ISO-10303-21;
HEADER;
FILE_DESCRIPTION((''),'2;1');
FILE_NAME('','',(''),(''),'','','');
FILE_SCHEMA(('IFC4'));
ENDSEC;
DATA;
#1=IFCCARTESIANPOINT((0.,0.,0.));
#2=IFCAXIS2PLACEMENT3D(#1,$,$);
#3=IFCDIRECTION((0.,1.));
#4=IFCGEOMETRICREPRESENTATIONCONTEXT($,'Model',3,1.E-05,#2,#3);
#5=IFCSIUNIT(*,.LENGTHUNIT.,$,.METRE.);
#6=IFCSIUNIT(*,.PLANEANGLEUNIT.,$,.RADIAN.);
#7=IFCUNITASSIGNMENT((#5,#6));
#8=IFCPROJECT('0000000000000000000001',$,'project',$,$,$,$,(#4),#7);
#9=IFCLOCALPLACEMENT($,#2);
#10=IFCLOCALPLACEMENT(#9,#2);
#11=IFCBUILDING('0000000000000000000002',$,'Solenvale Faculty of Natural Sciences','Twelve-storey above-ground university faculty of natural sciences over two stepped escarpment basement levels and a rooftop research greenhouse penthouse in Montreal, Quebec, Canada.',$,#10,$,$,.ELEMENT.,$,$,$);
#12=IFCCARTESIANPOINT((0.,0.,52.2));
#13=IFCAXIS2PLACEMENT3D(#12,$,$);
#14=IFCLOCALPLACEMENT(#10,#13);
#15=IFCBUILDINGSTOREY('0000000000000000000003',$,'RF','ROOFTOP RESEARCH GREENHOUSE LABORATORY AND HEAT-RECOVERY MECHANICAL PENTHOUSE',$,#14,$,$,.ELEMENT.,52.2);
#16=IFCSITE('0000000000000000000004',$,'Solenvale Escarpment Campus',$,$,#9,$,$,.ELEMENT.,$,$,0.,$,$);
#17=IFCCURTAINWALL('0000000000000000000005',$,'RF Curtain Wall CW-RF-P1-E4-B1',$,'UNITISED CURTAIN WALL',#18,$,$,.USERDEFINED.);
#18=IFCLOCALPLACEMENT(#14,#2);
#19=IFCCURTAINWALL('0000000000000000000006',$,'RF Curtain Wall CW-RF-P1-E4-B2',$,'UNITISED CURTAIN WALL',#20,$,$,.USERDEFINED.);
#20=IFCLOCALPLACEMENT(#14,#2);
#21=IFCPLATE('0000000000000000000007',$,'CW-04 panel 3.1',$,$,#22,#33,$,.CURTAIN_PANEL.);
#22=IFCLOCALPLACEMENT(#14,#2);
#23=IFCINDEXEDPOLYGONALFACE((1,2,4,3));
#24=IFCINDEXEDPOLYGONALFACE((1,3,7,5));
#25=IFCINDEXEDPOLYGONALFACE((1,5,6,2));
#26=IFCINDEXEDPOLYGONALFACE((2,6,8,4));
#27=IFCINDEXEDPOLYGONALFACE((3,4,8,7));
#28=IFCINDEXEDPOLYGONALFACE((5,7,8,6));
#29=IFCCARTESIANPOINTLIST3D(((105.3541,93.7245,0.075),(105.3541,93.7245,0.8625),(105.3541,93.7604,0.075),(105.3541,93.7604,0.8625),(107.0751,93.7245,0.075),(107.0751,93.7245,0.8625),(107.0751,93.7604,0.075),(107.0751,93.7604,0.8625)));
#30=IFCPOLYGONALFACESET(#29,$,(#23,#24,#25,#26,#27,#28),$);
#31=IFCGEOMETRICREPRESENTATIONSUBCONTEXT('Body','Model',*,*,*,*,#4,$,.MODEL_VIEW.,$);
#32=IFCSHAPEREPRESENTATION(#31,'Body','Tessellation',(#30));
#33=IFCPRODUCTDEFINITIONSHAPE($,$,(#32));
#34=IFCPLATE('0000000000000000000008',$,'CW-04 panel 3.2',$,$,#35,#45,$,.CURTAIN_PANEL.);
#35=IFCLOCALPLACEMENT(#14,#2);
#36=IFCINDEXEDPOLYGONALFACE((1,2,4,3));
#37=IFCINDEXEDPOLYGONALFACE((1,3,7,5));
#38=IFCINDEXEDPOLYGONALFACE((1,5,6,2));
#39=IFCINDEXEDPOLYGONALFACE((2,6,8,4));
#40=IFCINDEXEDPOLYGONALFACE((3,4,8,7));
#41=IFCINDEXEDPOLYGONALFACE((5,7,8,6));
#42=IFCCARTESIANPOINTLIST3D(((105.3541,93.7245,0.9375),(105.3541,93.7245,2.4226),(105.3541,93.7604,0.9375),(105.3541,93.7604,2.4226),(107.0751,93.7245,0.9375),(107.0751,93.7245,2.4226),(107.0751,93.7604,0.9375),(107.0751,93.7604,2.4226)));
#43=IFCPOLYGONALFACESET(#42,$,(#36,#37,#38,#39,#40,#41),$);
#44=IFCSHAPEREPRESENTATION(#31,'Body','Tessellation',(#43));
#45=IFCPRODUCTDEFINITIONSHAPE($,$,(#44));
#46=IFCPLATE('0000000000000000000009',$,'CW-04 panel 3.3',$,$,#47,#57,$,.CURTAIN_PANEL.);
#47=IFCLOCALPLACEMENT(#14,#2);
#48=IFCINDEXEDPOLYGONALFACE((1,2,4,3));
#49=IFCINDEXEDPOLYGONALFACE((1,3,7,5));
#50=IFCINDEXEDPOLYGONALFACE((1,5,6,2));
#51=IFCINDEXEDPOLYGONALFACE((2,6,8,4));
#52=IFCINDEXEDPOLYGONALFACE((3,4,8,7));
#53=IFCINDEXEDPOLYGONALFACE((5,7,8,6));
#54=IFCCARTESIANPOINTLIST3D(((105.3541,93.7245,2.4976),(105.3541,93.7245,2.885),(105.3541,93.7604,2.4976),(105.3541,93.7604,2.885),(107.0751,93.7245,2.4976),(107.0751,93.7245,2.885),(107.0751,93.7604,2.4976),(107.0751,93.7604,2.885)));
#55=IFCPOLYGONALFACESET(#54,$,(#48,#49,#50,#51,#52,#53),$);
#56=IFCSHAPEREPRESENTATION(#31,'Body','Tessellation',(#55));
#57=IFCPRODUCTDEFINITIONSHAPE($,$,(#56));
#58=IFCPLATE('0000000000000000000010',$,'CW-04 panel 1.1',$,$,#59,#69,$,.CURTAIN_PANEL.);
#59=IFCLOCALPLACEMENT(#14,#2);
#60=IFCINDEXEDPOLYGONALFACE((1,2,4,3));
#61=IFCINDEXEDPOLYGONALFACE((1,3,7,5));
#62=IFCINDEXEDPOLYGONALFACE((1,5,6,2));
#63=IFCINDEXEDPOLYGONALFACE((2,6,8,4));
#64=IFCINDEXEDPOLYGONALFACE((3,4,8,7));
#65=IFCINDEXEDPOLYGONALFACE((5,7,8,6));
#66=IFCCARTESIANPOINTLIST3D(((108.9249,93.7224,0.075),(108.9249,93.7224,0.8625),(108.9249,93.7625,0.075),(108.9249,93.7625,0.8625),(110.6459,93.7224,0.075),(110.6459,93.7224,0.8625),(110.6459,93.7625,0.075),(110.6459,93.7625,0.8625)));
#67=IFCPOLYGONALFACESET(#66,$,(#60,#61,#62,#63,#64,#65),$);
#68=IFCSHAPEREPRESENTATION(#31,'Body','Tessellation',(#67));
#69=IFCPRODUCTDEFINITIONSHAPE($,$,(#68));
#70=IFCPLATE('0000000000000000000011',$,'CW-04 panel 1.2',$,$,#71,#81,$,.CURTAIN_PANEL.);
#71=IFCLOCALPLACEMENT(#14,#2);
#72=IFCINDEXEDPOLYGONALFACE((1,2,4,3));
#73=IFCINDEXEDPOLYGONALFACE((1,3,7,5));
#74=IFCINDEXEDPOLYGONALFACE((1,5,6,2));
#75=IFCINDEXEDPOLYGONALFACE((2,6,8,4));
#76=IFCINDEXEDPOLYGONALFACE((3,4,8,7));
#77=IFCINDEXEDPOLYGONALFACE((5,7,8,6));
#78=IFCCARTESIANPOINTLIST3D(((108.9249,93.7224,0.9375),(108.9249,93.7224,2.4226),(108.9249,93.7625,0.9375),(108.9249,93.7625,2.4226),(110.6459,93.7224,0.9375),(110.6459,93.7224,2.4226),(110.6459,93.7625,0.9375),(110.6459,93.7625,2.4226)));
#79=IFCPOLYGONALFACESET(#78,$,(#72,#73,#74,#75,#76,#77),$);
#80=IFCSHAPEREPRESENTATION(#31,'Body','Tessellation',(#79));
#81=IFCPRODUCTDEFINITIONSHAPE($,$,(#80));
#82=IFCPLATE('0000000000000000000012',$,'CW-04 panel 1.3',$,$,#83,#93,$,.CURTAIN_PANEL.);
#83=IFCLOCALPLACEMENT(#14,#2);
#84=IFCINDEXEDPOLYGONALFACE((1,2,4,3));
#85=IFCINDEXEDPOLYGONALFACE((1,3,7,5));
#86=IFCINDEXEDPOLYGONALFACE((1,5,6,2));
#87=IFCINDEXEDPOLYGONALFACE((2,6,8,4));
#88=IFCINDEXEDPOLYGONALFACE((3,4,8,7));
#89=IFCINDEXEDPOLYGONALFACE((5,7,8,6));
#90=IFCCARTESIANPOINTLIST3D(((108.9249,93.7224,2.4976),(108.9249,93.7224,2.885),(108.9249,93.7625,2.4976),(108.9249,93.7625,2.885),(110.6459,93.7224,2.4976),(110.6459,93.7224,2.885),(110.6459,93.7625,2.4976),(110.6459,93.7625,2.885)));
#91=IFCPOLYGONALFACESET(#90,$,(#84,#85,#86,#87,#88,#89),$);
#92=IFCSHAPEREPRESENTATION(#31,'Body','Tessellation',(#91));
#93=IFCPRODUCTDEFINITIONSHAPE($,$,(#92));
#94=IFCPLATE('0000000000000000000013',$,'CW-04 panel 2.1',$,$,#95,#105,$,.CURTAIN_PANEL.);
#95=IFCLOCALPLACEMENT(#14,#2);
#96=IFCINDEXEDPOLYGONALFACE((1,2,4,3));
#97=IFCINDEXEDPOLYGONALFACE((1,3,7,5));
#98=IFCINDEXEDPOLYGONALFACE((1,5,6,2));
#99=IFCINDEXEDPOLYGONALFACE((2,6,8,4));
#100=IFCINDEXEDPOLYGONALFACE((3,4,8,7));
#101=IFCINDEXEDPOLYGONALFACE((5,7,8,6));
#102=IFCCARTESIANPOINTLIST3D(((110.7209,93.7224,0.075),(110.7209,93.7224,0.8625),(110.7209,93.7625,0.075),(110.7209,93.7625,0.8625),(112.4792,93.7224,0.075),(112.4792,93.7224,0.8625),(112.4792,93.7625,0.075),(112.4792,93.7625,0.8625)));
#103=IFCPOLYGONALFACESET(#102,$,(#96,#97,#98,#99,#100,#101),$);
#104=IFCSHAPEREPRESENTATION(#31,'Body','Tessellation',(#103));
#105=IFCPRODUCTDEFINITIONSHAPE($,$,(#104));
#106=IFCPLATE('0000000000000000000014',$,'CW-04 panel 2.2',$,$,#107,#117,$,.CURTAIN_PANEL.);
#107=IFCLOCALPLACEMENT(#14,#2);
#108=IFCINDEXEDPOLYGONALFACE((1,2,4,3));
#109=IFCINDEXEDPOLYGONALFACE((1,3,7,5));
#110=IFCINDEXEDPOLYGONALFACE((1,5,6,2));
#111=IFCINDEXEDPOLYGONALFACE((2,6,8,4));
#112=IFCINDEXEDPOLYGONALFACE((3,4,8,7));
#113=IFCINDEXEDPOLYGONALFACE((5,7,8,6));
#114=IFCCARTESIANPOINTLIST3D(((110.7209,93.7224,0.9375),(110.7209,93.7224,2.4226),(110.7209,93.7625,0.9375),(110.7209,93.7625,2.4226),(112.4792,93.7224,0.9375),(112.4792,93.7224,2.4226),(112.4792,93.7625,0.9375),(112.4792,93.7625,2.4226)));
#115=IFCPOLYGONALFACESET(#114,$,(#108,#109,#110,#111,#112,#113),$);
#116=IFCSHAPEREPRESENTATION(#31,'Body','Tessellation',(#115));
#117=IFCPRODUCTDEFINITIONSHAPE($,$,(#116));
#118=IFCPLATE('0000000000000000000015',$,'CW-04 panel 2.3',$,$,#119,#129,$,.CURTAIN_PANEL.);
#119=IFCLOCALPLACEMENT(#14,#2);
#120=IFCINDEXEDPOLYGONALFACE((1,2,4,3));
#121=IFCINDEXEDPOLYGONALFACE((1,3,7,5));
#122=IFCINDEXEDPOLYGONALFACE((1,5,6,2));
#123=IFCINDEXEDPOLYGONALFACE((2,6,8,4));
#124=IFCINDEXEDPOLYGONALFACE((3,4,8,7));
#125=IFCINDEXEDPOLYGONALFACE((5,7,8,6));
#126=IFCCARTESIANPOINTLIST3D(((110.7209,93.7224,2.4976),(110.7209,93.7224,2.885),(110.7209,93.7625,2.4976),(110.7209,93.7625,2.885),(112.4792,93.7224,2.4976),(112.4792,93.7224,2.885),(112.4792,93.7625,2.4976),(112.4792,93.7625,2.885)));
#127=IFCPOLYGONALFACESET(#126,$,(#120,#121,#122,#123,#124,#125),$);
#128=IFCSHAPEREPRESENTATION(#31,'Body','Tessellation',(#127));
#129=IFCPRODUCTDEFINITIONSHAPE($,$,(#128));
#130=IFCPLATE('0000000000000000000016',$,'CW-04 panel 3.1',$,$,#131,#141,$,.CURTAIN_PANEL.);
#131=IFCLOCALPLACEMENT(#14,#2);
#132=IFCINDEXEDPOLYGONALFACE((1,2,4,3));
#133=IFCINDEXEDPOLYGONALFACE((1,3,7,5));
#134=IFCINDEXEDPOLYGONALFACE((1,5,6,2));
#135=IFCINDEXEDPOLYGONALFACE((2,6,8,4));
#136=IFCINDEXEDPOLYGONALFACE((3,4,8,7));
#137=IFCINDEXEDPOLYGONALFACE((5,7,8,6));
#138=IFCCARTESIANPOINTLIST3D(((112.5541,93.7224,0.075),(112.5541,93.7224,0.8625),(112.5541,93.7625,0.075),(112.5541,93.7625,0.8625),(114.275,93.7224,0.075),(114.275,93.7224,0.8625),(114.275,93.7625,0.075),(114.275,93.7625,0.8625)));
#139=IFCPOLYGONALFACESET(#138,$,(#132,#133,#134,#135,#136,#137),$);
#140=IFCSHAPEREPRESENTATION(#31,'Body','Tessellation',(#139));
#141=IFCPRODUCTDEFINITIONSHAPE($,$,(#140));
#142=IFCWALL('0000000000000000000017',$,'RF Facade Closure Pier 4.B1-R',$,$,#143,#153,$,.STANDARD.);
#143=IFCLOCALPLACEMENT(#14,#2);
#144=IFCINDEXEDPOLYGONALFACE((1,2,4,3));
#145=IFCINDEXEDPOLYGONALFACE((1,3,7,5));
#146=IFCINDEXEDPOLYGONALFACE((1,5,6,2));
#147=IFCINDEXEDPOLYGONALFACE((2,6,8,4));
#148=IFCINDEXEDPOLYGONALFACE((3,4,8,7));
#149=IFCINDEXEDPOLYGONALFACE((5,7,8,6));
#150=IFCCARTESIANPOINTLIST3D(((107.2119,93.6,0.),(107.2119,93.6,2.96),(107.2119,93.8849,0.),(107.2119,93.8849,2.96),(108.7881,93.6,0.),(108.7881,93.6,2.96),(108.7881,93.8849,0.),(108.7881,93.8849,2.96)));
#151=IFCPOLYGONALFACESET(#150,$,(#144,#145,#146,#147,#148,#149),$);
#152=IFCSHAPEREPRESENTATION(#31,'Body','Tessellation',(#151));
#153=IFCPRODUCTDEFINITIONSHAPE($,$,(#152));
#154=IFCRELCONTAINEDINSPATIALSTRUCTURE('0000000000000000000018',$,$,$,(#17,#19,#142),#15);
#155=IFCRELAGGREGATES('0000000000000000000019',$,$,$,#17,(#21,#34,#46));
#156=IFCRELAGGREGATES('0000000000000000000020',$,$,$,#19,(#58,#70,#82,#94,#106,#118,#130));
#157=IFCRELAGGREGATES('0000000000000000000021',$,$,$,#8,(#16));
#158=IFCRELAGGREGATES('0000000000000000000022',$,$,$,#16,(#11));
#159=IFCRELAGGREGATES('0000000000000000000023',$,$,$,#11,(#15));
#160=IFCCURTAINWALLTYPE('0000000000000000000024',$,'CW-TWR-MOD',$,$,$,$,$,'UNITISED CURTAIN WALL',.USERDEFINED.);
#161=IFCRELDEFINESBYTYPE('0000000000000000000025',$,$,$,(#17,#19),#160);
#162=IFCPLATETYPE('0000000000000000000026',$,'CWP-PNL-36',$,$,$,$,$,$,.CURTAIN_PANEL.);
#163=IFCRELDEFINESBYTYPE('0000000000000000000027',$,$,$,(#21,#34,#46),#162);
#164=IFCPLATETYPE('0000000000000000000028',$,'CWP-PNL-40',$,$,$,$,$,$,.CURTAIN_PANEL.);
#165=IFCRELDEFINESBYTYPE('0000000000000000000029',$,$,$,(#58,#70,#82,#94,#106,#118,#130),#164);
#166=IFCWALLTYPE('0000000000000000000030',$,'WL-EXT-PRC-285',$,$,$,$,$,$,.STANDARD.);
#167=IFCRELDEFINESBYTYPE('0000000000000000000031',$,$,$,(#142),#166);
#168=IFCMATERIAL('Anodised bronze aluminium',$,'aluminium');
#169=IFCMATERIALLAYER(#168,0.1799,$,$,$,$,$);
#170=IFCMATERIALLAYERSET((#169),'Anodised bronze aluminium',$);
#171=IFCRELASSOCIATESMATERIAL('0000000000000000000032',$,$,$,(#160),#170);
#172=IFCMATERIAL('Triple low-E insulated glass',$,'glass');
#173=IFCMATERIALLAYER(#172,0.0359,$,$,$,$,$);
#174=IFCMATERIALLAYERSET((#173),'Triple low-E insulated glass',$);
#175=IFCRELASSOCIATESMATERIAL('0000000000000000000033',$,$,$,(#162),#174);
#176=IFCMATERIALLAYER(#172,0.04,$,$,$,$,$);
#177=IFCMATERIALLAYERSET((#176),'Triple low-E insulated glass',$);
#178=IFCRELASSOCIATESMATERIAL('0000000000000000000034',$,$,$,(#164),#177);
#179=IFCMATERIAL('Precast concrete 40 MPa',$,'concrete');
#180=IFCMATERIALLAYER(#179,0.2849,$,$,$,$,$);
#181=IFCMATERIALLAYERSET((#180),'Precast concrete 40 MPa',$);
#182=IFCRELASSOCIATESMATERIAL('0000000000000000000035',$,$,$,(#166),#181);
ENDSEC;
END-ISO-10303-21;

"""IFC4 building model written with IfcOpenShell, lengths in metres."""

from ifc_helpers import new_model, si_unit, direction, frame, frame_2d, origin, origin_2d, place, context, subcontext, project, spatial, rectangle, extrude, material, layer, layer_set, type_object, element, aggregate, save


model = new_model("IFC4")

# Units and contexts
model_context = context("Model", 3, precision=1e-05, world=origin(), true_north=direction((0.0, 1.0)))
body_context = subcontext(model_context, "Body", "Model", "MODEL_VIEW")
ifc_project = project(units=[si_unit("LENGTHUNIT", "METRE"), si_unit("PLANEANGLEUNIT", "RADIAN")], contexts=[model_context])

# Site, building, storey
site_placement = place(None, origin())
site = spatial("IfcSite", under=ifc_project, at=site_placement, Name="Solenvale Escarpment Campus", CompositionType="ELEMENT", RefElevation=0.0)
building_placement = place(site_placement, origin())
building = spatial("IfcBuilding", under=site, at=building_placement, Name="Solenvale Faculty of Natural Sciences", Description="Twelve-storey above-ground university faculty of natural sciences over two stepped escarpment basement levels and a rooftop research greenhouse penthouse in Montreal, Quebec, Canada.", CompositionType="ELEMENT")
storey_placement = place(building_placement, frame((0.0, 0.0, 52.2)))
storey = spatial("IfcBuildingStorey", under=building, at=storey_placement, Name="RF", Description="ROOFTOP RESEARCH GREENHOUSE LABORATORY AND HEAT-RECOVERY MECHANICAL PENTHOUSE", CompositionType="ELEMENT", Elevation=52.2)

# Curtain walls
ifc_material_1 = material(Name="Anodised bronze aluminium", Category="aluminium")
ifc_layer_1 = layer(ifc_material_1, 0.1799)
ifc_layer_set_1 = layer_set([ifc_layer_1], Name="Anodised bronze aluminium")
curtain_wall_type = type_object("IfcCurtainWallType", Name="CW-TWR-MOD", ElementType="UNITISED CURTAIN WALL", PredefinedType="USERDEFINED", material=ifc_layer_set_1)
curtain_wall_1_placement = place(storey_placement, origin())
curtain_wall_1 = element("IfcCurtainWall", 1, at=curtain_wall_1_placement, inside=storey, type_object=curtain_wall_type, Name="RF Curtain Wall CW-RF-P1-E4-B1", ObjectType="UNITISED CURTAIN WALL", PredefinedType="USERDEFINED")
curtain_wall_2_placement = place(storey_placement, origin())
curtain_wall_2 = element("IfcCurtainWall", 2, at=curtain_wall_2_placement, inside=storey, type_object=curtain_wall_type, Name="RF Curtain Wall CW-RF-P1-E4-B2", ObjectType="UNITISED CURTAIN WALL", PredefinedType="USERDEFINED")

# Plates
ifc_material_2 = material(Name="Triple low-E insulated glass", Category="glass")
ifc_layer_2 = layer(ifc_material_2, 0.0359)
ifc_layer_set_2 = layer_set([ifc_layer_2], Name="Triple low-E insulated glass")
plate_type_1 = type_object("IfcPlateType", Name="CWP-PNL-36", PredefinedType="CURTAIN_PANEL", material=ifc_layer_set_2)
plate_1_placement = place(storey_placement, frame((106.2146, 93.7424, 0.075), z_axis=(0.0, 0.0, 1.0), x_axis=(1.0, 0.0, 0.0)))
plate_1 = element("IfcPlate", 3, at=plate_1_placement, type_object=plate_type_1, Name="CW-04 panel 3.1", PredefinedType="CURTAIN_PANEL", context=body_context, shape_type="SweptSolid", body=[
    extrude(rectangle(XDim=1.7209, YDim=0.0359, at=origin_2d()), origin(), (0.0, 0.0, 1.0), 0.7876),
])
plate_2_placement = place(storey_placement, frame((106.2146, 93.7424, 0.9375), z_axis=(0.0, 0.0, 1.0), x_axis=(1.0, 0.0, 0.0)))
plate_2 = element("IfcPlate", 4, at=plate_2_placement, type_object=plate_type_1, Name="CW-04 panel 3.2", PredefinedType="CURTAIN_PANEL", context=body_context, shape_type="SweptSolid", body=[
    extrude(rectangle(XDim=1.7209, YDim=0.0359, at=origin_2d()), origin(), (0.0, 0.0, 1.0), 1.4851),
])
plate_3_placement = place(storey_placement, frame((106.2146, 93.7424, 2.4976), z_axis=(0.0, 0.0, 1.0), x_axis=(1.0, 0.0, 0.0)))
plate_3 = element("IfcPlate", 5, at=plate_3_placement, type_object=plate_type_1, Name="CW-04 panel 3.3", PredefinedType="CURTAIN_PANEL", context=body_context, shape_type="SweptSolid", body=[
    extrude(rectangle(XDim=1.7209, YDim=0.0359, at=origin_2d()), origin(), (0.0, 0.0, 1.0), 0.3875),
])
aggregate(curtain_wall_1, [plate_1, plate_2, plate_3])
ifc_layer_3 = layer(ifc_material_2, 0.04)
ifc_layer_set_3 = layer_set([ifc_layer_3], Name="Triple low-E insulated glass")
plate_type_2 = type_object("IfcPlateType", Name="CWP-PNL-40", PredefinedType="CURTAIN_PANEL", material=ifc_layer_set_3)
plate_4_placement = place(storey_placement, frame((109.7854, 93.7424, 0.075), z_axis=(0.0, 0.0, 1.0), x_axis=(1.0, 0.0, 0.0)))
plate_4 = element("IfcPlate", 6, at=plate_4_placement, type_object=plate_type_2, Name="CW-04 panel 1.1", PredefinedType="CURTAIN_PANEL", context=body_context, shape_type="SweptSolid", body=[
    extrude(rectangle(XDim=1.7209, YDim=0.04, at=origin_2d()), origin(), (0.0, 0.0, 1.0), 0.7876),
])
plate_5_placement = place(storey_placement, frame((109.7854, 93.7424, 0.9375), z_axis=(0.0, 0.0, 1.0), x_axis=(1.0, 0.0, 0.0)))
plate_5 = element("IfcPlate", 7, at=plate_5_placement, type_object=plate_type_2, Name="CW-04 panel 1.2", PredefinedType="CURTAIN_PANEL", context=body_context, shape_type="SweptSolid", body=[
    extrude(rectangle(XDim=1.7209, YDim=0.04, at=origin_2d()), origin(), (0.0, 0.0, 1.0), 1.4851),
])
plate_6_placement = place(storey_placement, frame((109.7854, 93.7424, 2.4976), z_axis=(0.0, 0.0, 1.0), x_axis=(1.0, 0.0, 0.0)))
plate_6 = element("IfcPlate", 8, at=plate_6_placement, type_object=plate_type_2, Name="CW-04 panel 1.3", PredefinedType="CURTAIN_PANEL", context=body_context, shape_type="SweptSolid", body=[
    extrude(rectangle(XDim=1.7209, YDim=0.04, at=origin_2d()), origin(), (0.0, 0.0, 1.0), 0.3875),
])
plate_7_placement = place(storey_placement, frame((111.6001, 93.7424, 0.075), z_axis=(0.0, 0.0, 1.0), x_axis=(1.0, 0.0, 0.0)))
plate_7 = element("IfcPlate", 9, at=plate_7_placement, type_object=plate_type_2, Name="CW-04 panel 2.1", PredefinedType="CURTAIN_PANEL", context=body_context, shape_type="SweptSolid", body=[
    extrude(rectangle(XDim=1.7583, YDim=0.04, at=origin_2d()), origin(), (0.0, 0.0, 1.0), 0.7876),
])
plate_8_placement = place(storey_placement, frame((111.6001, 93.7424, 0.9375), z_axis=(0.0, 0.0, 1.0), x_axis=(1.0, 0.0, 0.0)))
plate_8 = element("IfcPlate", 10, at=plate_8_placement, type_object=plate_type_2, Name="CW-04 panel 2.2", PredefinedType="CURTAIN_PANEL", context=body_context, shape_type="SweptSolid", body=[
    extrude(rectangle(XDim=1.7583, YDim=0.04, at=origin_2d()), origin(), (0.0, 0.0, 1.0), 1.4851),
])
plate_9_placement = place(storey_placement, frame((111.6001, 93.7424, 2.4976), z_axis=(0.0, 0.0, 1.0), x_axis=(1.0, 0.0, 0.0)))
plate_9 = element("IfcPlate", 11, at=plate_9_placement, type_object=plate_type_2, Name="CW-04 panel 2.3", PredefinedType="CURTAIN_PANEL", context=body_context, shape_type="SweptSolid", body=[
    extrude(rectangle(XDim=1.7583, YDim=0.04, at=origin_2d()), origin(), (0.0, 0.0, 1.0), 0.3875),
])
plate_10_placement = place(storey_placement, frame((113.4146, 93.7424, 0.075), z_axis=(0.0, 0.0, 1.0), x_axis=(1.0, 0.0, 0.0)))
plate_10 = element("IfcPlate", 12, at=plate_10_placement, type_object=plate_type_2, Name="CW-04 panel 3.1", PredefinedType="CURTAIN_PANEL", context=body_context, shape_type="SweptSolid", body=[
    extrude(rectangle(XDim=1.7209, YDim=0.04, at=origin_2d()), origin(), (0.0, 0.0, 1.0), 0.7876),
])
aggregate(curtain_wall_2, [plate_4, plate_5, plate_6, plate_7, plate_8, plate_9, plate_10])

# Wall
ifc_material_3 = material(Name="Precast concrete 40 MPa", Category="concrete")
ifc_layer_4 = layer(ifc_material_3, 0.2849)
ifc_layer_set_4 = layer_set([ifc_layer_4], Name="Precast concrete 40 MPa")
wall_type = type_object("IfcWallType", Name="WL-EXT-PRC-285", PredefinedType="STANDARD", material=ifc_layer_set_4)
wall_placement = place(storey_placement, frame((107.2119, 93.7424, 0.0), z_axis=(0.0, 0.0, 1.0), x_axis=(1.0, 0.0, 0.0)))
element("IfcWall", 13, at=wall_placement, inside=storey, type_object=wall_type, Name="RF Facade Closure Pier 4.B1-R", PredefinedType="STANDARD", context=body_context, shape_type="SweptSolid", body=[
    extrude(rectangle(XDim=1.5762, YDim=0.2849, at=frame_2d((0.7881, 0.0))), origin(), (0.0, 0.0, 1.0), 2.96),
])

save(model, "model.ifc")
